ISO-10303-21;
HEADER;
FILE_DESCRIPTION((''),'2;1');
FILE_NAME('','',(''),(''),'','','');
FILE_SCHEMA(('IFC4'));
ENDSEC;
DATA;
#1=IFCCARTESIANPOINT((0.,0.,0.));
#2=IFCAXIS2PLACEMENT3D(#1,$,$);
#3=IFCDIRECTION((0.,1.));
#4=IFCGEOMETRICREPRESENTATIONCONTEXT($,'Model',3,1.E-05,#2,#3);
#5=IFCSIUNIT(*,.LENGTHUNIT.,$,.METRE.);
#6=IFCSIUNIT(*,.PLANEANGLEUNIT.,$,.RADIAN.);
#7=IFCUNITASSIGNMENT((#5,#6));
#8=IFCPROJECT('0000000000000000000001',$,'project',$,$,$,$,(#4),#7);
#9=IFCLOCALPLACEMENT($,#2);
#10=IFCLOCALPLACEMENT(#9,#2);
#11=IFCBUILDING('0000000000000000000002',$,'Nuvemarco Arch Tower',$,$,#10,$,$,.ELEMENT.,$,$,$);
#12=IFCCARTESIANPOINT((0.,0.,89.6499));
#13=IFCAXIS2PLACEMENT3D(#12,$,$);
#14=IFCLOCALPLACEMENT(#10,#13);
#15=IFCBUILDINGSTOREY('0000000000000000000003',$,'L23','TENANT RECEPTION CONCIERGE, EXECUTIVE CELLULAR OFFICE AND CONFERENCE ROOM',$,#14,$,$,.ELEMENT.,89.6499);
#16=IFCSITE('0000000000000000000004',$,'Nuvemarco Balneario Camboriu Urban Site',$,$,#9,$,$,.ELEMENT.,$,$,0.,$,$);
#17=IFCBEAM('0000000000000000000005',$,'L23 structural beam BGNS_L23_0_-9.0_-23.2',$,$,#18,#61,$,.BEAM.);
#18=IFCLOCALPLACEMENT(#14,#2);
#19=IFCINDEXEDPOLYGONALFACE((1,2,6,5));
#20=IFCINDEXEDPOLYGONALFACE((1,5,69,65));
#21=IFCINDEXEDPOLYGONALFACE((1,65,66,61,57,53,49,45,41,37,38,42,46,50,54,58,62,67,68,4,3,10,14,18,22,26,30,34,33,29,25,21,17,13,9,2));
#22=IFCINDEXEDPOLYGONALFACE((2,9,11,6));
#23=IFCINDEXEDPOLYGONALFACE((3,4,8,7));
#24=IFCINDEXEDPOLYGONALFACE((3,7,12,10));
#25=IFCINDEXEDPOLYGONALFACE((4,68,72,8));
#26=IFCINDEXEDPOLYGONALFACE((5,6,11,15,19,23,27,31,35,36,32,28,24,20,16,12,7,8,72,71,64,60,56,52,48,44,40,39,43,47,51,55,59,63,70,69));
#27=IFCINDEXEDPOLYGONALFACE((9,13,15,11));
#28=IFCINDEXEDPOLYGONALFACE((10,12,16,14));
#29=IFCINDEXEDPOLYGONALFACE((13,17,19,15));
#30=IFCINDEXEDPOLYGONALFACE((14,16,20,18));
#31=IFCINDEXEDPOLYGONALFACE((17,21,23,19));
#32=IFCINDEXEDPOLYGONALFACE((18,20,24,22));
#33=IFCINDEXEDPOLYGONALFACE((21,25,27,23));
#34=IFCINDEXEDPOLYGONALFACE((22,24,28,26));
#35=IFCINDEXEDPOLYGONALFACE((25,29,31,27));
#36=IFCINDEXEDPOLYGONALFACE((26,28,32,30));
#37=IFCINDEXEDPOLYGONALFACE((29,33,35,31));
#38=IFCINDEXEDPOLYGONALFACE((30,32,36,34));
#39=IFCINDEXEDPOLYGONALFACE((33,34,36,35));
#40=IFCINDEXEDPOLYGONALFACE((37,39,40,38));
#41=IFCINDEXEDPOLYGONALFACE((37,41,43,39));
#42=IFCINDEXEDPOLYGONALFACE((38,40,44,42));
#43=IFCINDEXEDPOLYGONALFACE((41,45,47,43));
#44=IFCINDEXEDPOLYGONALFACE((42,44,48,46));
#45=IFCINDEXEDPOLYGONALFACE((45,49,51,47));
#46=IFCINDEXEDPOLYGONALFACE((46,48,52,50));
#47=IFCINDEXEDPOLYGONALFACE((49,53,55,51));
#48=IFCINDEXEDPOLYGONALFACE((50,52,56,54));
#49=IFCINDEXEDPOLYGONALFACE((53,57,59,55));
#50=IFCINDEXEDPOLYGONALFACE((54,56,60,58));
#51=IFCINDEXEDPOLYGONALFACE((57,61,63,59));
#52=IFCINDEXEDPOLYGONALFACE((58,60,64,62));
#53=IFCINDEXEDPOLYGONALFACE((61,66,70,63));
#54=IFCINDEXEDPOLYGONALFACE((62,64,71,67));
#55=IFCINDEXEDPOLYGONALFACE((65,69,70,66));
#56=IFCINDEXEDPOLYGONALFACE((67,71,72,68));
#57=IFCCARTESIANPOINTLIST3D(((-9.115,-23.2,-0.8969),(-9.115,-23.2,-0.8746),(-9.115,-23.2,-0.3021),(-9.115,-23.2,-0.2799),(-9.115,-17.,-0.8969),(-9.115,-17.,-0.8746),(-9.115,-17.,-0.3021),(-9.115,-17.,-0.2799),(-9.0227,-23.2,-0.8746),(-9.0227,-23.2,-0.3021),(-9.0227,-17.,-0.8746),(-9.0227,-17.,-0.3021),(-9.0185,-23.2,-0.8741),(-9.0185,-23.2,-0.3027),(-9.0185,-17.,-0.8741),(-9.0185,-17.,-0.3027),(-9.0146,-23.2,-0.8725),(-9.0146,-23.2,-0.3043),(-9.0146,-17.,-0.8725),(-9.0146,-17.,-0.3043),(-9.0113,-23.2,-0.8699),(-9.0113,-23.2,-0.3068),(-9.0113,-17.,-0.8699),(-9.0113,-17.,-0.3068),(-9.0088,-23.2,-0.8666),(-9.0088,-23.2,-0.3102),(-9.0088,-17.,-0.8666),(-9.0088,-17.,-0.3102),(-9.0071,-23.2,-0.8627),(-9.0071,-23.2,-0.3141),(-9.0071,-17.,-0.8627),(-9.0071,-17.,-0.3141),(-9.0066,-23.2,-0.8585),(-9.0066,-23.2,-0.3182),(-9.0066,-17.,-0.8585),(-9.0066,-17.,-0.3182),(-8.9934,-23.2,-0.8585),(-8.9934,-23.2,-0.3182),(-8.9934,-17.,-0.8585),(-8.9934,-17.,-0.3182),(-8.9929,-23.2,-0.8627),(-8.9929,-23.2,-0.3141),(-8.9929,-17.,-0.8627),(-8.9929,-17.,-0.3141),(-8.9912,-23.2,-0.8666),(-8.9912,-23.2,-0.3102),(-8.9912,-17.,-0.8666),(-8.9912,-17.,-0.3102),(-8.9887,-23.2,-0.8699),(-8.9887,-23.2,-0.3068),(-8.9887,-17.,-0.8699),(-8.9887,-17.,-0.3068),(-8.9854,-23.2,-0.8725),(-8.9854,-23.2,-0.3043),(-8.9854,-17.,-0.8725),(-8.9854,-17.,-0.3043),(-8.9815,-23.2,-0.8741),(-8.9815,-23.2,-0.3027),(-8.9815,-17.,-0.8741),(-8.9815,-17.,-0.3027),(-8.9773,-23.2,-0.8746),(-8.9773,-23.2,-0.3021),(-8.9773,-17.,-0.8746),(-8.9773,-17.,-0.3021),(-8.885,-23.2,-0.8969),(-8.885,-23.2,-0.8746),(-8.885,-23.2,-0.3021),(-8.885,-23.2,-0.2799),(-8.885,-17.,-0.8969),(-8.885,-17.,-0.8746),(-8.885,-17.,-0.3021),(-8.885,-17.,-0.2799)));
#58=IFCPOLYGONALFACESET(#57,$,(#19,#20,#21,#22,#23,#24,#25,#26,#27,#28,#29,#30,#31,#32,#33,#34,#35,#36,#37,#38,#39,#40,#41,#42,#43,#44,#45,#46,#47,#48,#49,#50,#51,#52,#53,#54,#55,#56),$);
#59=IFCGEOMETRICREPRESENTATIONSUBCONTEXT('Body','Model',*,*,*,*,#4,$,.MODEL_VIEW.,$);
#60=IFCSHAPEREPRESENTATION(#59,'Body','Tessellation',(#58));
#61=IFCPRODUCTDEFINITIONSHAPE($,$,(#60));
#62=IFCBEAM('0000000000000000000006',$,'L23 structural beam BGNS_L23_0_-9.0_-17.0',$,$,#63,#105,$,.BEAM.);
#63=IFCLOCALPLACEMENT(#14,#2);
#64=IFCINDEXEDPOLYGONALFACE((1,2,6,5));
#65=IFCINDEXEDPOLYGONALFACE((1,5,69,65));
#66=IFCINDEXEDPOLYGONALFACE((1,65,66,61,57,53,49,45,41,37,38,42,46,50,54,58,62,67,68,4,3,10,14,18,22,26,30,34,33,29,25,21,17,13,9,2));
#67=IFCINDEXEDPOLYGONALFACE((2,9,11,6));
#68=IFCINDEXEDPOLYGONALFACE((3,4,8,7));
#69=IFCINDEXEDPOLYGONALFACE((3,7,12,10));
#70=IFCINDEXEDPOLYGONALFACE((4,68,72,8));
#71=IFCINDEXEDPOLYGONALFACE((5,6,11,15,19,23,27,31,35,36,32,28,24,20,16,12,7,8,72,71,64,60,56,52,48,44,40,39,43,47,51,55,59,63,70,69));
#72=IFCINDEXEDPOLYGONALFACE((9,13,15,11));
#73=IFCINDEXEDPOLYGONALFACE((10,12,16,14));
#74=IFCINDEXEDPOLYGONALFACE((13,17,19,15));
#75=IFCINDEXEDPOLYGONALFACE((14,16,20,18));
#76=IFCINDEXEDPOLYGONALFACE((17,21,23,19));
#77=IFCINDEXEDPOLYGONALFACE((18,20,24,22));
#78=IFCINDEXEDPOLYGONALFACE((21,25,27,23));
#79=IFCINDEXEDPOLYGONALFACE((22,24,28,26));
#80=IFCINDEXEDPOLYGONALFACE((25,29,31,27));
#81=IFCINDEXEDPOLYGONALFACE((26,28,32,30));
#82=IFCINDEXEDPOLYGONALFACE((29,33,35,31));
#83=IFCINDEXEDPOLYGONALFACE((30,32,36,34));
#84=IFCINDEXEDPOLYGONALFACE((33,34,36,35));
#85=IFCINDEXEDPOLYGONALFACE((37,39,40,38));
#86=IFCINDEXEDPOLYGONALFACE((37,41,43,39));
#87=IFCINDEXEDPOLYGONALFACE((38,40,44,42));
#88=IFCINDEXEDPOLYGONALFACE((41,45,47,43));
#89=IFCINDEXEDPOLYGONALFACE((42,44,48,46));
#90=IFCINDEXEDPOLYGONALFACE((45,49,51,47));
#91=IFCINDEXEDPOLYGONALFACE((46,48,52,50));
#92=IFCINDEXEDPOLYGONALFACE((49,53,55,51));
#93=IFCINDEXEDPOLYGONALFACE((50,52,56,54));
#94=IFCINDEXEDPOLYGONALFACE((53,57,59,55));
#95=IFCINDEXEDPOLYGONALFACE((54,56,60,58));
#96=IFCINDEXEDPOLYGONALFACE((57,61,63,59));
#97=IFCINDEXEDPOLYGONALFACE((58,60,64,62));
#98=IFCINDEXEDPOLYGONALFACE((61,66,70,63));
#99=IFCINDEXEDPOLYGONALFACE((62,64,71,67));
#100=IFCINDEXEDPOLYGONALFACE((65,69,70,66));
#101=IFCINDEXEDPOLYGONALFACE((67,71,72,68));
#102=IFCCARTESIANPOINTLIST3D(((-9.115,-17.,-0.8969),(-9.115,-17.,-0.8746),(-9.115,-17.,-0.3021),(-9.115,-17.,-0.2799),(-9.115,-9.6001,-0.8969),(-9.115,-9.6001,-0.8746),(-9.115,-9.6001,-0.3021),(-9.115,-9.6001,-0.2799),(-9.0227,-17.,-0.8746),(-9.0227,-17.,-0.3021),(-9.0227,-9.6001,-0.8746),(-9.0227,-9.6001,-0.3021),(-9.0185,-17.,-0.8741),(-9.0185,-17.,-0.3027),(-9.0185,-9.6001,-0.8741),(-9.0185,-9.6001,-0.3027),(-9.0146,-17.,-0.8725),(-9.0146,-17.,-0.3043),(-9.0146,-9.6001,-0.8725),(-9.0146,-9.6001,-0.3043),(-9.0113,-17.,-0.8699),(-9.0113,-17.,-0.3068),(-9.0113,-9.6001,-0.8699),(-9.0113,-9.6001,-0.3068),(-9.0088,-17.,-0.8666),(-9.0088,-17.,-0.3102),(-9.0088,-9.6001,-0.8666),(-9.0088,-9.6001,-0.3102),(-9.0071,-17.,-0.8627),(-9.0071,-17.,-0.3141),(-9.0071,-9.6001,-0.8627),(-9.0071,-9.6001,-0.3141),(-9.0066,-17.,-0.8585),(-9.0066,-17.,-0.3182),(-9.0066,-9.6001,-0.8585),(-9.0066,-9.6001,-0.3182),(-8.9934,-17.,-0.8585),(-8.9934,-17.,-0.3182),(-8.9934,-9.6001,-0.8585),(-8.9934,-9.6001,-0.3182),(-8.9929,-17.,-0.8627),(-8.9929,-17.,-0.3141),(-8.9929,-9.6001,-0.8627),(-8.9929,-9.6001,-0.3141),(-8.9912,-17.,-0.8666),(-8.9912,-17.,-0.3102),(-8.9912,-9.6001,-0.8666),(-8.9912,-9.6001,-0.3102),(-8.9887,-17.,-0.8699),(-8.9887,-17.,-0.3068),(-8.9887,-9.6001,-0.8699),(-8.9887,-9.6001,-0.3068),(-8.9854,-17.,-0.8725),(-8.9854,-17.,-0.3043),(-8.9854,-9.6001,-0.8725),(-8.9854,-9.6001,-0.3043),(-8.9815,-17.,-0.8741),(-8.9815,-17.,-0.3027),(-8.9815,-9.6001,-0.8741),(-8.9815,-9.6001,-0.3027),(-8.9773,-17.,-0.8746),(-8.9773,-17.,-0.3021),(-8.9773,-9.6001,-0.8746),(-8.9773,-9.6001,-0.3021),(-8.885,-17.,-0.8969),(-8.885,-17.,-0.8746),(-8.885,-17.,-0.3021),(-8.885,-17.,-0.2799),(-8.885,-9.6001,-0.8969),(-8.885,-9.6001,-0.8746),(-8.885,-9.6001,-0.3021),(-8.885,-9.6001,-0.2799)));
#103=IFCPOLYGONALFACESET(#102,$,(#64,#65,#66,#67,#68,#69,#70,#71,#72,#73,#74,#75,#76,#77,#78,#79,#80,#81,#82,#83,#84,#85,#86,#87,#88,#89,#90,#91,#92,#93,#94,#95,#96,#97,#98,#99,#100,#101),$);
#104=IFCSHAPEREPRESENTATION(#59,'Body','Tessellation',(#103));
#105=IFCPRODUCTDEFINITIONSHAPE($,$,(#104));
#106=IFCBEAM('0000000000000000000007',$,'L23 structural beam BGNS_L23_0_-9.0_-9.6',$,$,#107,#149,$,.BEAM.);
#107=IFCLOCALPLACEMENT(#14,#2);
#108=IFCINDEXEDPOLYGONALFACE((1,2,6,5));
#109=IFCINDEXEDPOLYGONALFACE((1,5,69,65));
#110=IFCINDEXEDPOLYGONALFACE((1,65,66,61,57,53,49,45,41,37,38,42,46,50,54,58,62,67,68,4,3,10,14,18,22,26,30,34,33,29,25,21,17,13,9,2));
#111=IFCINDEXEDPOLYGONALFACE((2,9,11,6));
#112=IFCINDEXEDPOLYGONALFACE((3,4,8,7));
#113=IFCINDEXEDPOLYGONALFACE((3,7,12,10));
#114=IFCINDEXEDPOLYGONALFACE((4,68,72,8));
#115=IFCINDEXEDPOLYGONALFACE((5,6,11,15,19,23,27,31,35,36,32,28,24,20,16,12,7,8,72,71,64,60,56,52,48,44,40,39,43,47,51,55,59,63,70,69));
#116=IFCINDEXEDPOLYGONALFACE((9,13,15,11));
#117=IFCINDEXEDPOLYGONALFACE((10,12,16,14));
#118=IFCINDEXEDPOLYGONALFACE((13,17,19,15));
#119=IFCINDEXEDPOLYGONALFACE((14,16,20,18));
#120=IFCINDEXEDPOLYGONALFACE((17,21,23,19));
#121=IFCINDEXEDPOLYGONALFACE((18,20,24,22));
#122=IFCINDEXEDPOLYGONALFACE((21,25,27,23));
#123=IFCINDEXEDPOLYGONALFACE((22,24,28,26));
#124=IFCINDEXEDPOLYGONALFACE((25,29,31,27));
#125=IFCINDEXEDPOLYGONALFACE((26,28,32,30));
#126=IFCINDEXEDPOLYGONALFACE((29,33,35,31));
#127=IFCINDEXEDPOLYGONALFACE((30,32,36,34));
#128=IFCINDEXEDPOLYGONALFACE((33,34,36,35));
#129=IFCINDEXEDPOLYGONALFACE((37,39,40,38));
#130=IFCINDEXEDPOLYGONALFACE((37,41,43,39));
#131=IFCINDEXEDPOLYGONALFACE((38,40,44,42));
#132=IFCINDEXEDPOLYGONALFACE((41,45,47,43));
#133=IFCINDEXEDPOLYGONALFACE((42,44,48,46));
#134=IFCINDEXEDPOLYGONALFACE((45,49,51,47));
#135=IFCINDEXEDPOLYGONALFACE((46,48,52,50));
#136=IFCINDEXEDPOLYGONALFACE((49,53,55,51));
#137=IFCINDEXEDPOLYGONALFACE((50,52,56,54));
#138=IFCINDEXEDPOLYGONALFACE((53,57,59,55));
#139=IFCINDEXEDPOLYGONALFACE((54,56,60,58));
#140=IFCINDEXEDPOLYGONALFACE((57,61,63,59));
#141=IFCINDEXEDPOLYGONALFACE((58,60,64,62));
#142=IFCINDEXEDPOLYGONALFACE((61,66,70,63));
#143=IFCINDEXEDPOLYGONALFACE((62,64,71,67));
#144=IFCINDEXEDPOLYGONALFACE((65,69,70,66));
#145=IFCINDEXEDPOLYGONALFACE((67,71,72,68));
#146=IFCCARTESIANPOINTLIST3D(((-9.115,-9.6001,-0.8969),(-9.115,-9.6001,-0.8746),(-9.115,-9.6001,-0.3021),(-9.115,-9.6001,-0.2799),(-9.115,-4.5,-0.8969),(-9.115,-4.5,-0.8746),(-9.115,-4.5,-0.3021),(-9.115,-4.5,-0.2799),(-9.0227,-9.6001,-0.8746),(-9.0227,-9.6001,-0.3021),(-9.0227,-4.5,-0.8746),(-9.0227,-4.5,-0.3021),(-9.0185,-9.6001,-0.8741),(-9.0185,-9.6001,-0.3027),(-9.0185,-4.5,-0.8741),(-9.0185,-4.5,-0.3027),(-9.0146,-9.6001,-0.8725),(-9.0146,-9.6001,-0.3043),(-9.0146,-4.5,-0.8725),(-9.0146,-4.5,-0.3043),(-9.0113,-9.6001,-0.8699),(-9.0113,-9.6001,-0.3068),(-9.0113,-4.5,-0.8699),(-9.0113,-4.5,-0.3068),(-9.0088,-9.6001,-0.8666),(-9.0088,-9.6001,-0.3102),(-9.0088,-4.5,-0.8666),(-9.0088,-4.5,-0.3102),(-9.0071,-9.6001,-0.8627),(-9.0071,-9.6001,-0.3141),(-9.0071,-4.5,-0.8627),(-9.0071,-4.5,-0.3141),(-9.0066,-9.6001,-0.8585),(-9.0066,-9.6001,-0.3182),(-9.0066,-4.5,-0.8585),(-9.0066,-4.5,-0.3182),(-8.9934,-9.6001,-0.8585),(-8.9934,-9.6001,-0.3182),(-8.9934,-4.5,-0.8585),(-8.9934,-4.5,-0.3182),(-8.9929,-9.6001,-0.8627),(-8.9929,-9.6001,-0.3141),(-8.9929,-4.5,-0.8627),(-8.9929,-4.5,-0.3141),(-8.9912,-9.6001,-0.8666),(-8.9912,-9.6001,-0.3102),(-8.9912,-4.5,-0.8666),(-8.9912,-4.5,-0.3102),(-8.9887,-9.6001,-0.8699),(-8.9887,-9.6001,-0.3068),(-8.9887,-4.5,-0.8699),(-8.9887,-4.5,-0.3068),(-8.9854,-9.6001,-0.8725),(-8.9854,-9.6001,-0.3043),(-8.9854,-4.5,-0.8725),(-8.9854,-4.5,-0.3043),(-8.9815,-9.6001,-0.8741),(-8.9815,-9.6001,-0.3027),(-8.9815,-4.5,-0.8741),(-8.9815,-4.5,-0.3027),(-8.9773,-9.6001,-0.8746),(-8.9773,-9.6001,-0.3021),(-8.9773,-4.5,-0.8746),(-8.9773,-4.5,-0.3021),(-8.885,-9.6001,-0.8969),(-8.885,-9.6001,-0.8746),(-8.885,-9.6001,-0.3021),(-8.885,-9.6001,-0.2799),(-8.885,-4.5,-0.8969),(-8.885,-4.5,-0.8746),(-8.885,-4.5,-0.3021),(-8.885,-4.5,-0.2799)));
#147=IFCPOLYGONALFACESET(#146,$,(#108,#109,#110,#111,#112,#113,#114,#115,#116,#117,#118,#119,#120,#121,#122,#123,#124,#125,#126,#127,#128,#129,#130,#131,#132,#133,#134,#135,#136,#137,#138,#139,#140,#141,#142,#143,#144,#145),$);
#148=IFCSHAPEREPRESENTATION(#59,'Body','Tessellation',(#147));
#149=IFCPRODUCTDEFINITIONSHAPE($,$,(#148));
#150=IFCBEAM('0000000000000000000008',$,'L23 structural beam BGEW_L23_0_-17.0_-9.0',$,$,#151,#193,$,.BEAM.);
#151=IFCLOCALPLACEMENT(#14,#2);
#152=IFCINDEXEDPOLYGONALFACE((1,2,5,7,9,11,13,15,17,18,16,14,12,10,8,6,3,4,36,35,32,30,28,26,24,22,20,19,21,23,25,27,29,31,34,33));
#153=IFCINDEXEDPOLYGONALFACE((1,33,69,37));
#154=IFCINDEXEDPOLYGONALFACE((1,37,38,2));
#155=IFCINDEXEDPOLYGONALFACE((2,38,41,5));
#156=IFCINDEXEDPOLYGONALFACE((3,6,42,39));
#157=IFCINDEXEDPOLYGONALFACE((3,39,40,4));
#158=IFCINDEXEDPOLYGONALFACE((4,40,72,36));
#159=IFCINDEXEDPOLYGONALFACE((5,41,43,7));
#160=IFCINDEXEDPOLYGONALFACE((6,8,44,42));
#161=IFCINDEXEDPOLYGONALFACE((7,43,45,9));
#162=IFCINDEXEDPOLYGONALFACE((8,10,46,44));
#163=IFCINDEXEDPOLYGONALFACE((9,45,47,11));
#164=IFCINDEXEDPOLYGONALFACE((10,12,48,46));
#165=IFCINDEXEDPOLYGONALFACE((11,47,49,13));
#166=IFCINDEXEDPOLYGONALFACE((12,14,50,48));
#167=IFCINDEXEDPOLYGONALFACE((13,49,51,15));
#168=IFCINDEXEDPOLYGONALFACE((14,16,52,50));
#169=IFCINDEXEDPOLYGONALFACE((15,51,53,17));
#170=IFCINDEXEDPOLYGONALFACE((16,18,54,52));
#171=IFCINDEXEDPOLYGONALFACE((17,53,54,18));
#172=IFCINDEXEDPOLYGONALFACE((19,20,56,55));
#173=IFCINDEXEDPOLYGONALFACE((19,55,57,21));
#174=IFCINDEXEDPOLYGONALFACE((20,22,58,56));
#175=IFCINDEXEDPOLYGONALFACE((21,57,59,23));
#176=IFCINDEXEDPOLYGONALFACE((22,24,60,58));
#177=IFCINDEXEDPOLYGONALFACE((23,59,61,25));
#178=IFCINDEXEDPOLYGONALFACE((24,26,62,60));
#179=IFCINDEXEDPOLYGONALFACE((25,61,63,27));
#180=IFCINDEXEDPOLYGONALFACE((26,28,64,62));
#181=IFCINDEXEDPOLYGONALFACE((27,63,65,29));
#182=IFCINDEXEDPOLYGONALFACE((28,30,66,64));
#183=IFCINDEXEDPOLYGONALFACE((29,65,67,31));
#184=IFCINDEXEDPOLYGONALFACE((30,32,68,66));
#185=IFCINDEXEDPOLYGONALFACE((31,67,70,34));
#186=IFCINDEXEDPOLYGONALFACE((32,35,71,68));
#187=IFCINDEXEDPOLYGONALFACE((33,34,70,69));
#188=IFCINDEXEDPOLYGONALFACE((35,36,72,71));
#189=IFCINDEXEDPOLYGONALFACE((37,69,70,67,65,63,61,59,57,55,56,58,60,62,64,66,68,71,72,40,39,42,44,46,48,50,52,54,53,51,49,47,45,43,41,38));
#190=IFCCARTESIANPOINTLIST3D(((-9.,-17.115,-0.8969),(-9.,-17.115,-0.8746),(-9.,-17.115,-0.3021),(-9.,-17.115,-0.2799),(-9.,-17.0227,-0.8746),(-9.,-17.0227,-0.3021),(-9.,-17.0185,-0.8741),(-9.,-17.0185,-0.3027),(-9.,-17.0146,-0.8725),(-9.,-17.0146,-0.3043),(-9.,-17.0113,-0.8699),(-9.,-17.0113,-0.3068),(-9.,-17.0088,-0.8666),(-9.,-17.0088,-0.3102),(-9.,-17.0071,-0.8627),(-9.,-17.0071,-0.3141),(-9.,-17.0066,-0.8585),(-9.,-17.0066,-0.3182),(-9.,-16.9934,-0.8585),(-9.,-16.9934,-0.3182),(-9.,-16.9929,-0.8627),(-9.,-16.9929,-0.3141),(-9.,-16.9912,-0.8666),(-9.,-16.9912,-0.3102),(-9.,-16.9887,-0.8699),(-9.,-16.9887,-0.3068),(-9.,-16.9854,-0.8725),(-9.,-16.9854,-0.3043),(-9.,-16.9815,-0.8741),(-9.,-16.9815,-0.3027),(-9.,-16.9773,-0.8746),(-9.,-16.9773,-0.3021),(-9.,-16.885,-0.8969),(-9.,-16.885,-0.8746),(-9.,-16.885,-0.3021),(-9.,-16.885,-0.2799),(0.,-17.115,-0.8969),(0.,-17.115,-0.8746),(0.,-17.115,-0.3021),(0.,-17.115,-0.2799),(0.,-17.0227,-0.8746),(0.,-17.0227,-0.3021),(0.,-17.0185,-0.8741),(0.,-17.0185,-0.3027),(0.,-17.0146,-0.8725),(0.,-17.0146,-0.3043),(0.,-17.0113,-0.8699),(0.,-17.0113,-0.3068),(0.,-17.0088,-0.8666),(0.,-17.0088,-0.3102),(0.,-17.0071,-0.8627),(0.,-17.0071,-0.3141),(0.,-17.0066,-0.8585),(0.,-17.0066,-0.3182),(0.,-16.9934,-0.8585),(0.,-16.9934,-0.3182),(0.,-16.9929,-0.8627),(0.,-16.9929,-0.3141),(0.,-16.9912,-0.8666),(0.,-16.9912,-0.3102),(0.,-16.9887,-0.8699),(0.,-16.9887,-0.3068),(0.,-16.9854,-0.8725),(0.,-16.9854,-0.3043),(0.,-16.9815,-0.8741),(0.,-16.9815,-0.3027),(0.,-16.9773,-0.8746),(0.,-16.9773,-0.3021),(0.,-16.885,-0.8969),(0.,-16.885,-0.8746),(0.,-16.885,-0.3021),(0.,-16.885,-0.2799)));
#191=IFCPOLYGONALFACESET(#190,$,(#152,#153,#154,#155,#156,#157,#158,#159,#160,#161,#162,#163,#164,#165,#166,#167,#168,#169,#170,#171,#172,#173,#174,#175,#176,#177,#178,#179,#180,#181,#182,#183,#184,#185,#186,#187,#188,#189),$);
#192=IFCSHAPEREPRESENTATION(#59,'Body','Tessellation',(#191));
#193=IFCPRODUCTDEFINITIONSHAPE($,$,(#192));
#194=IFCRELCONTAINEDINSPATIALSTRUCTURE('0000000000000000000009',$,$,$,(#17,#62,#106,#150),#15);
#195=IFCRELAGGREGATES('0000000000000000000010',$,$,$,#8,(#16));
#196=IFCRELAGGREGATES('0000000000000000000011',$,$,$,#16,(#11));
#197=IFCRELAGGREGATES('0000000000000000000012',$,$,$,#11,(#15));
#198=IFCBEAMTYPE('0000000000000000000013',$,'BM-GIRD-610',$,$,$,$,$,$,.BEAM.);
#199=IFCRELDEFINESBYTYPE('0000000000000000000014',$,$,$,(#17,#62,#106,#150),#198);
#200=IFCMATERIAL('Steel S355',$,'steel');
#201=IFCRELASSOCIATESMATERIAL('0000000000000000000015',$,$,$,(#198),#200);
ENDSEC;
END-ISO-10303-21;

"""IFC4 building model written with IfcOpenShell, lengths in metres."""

from ifc_helpers import new_model, si_unit, direction, frame, origin, origin_2d, place, context, subcontext, project, spatial, i_section, extrude, material, material_profile, profile_set, type_object, element, save


model = new_model("IFC4")

# Units and contexts
model_context = context("Model", 3, precision=1e-05, world=origin(), true_north=direction((0.0, 1.0)))
body_context = subcontext(model_context, "Body", "Model", "MODEL_VIEW")
ifc_project = project(units=[si_unit("LENGTHUNIT", "METRE"), si_unit("PLANEANGLEUNIT", "RADIAN")], contexts=[model_context])

# Site, building, storey
site_placement = place(None, origin())
site = spatial("IfcSite", under=ifc_project, at=site_placement, Name="Nuvemarco Balneario Camboriu Urban Site", CompositionType="ELEMENT", RefElevation=0.0)
building_placement = place(site_placement, origin())
building = spatial("IfcBuilding", under=site, at=building_placement, Name="Nuvemarco Arch Tower", CompositionType="ELEMENT")
storey_placement = place(building_placement, frame((0.0, 0.0, 89.6499)))
storey = spatial("IfcBuildingStorey", under=building, at=storey_placement, Name="L23", Description="TENANT RECEPTION CONCIERGE, EXECUTIVE CELLULAR OFFICE AND CONFERENCE ROOM", CompositionType="ELEMENT", Elevation=89.6499)

# Shared definitions
ifc_material_1 = material(Name="Steel S355", Category="steel")

# Beams
ifc_material_profile_1 = material_profile(ifc_material_1, i_section(OverallWidth=0.23, OverallDepth=0.6169, WebThickness=0.0132, FlangeThickness=0.0222, FilletRadius=0.0161, at=origin_2d()), Name="W610x140")
ifc_profile_set_1 = profile_set([ifc_material_profile_1], Name="Steel S355")
beam_type_1 = type_object("IfcBeamType", Name="BM-GIRD-610", PredefinedType="BEAM", material=ifc_profile_set_1)
beam_1_placement = place(storey_placement, frame((-9.0, -23.2, -0.5884), z_axis=(0.0, 1.0, 0.0), x_axis=(-1.0, 0.0, 0.0)))
element("IfcBeam", 1, at=beam_1_placement, inside=storey, type_object=beam_type_1, Name="L23 structural beam BGNS_L23_0_-9.0_-23.2", PredefinedType="BEAM", context=body_context, shape_type="SweptSolid", body=[
    extrude(i_section(OverallWidth=0.23, OverallDepth=0.6169, WebThickness=0.0132, FlangeThickness=0.0222, FilletRadius=0.0161, at=origin_2d()), origin(), (0.0, 0.0, 1.0), 6.2),
])
beam_2_placement = place(storey_placement, frame((-9.0, -17.0, -0.5884), z_axis=(0.0, 1.0, 0.0), x_axis=(-1.0, 0.0, 0.0)))
element("IfcBeam", 2, at=beam_2_placement, inside=storey, type_object=beam_type_1, Name="L23 structural beam BGNS_L23_0_-9.0_-17.0", PredefinedType="BEAM", context=body_context, shape_type="SweptSolid", body=[
    extrude(i_section(OverallWidth=0.23, OverallDepth=0.6169, WebThickness=0.0132, FlangeThickness=0.0222, FilletRadius=0.0161, at=origin_2d()), origin(), (0.0, 0.0, 1.0), 7.3999),
])
beam_3_placement = place(storey_placement, frame((-9.0, -9.6001, -0.5884), z_axis=(0.0, 1.0, 0.0), x_axis=(-1.0, 0.0, 0.0)))
element("IfcBeam", 3, at=beam_3_placement, inside=storey, type_object=beam_type_1, Name="L23 structural beam BGNS_L23_0_-9.0_-9.6", PredefinedType="BEAM", context=body_context, shape_type="SweptSolid", body=[
    extrude(i_section(OverallWidth=0.23, OverallDepth=0.6169, WebThickness=0.0132, FlangeThickness=0.0222, FilletRadius=0.0161, at=origin_2d()), origin(), (0.0, 0.0, 1.0), 5.1001),
])
beam_4_placement = place(storey_placement, frame((-9.0, -17.0, -0.5884), z_axis=(1.0, 0.0, 0.0), x_axis=(0.0, 1.0, 0.0)))
element("IfcBeam", 4, at=beam_4_placement, inside=storey, type_object=beam_type_1, Name="L23 structural beam BGEW_L23_0_-17.0_-9.0", PredefinedType="BEAM", context=body_context, shape_type="SweptSolid", body=[
    extrude(i_section(OverallWidth=0.23, OverallDepth=0.6169, WebThickness=0.0132, FlangeThickness=0.0222, FilletRadius=0.0161, at=origin_2d()), origin(), (0.0, 0.0, 1.0), 9.0),
])

save(model, "model.ifc")
